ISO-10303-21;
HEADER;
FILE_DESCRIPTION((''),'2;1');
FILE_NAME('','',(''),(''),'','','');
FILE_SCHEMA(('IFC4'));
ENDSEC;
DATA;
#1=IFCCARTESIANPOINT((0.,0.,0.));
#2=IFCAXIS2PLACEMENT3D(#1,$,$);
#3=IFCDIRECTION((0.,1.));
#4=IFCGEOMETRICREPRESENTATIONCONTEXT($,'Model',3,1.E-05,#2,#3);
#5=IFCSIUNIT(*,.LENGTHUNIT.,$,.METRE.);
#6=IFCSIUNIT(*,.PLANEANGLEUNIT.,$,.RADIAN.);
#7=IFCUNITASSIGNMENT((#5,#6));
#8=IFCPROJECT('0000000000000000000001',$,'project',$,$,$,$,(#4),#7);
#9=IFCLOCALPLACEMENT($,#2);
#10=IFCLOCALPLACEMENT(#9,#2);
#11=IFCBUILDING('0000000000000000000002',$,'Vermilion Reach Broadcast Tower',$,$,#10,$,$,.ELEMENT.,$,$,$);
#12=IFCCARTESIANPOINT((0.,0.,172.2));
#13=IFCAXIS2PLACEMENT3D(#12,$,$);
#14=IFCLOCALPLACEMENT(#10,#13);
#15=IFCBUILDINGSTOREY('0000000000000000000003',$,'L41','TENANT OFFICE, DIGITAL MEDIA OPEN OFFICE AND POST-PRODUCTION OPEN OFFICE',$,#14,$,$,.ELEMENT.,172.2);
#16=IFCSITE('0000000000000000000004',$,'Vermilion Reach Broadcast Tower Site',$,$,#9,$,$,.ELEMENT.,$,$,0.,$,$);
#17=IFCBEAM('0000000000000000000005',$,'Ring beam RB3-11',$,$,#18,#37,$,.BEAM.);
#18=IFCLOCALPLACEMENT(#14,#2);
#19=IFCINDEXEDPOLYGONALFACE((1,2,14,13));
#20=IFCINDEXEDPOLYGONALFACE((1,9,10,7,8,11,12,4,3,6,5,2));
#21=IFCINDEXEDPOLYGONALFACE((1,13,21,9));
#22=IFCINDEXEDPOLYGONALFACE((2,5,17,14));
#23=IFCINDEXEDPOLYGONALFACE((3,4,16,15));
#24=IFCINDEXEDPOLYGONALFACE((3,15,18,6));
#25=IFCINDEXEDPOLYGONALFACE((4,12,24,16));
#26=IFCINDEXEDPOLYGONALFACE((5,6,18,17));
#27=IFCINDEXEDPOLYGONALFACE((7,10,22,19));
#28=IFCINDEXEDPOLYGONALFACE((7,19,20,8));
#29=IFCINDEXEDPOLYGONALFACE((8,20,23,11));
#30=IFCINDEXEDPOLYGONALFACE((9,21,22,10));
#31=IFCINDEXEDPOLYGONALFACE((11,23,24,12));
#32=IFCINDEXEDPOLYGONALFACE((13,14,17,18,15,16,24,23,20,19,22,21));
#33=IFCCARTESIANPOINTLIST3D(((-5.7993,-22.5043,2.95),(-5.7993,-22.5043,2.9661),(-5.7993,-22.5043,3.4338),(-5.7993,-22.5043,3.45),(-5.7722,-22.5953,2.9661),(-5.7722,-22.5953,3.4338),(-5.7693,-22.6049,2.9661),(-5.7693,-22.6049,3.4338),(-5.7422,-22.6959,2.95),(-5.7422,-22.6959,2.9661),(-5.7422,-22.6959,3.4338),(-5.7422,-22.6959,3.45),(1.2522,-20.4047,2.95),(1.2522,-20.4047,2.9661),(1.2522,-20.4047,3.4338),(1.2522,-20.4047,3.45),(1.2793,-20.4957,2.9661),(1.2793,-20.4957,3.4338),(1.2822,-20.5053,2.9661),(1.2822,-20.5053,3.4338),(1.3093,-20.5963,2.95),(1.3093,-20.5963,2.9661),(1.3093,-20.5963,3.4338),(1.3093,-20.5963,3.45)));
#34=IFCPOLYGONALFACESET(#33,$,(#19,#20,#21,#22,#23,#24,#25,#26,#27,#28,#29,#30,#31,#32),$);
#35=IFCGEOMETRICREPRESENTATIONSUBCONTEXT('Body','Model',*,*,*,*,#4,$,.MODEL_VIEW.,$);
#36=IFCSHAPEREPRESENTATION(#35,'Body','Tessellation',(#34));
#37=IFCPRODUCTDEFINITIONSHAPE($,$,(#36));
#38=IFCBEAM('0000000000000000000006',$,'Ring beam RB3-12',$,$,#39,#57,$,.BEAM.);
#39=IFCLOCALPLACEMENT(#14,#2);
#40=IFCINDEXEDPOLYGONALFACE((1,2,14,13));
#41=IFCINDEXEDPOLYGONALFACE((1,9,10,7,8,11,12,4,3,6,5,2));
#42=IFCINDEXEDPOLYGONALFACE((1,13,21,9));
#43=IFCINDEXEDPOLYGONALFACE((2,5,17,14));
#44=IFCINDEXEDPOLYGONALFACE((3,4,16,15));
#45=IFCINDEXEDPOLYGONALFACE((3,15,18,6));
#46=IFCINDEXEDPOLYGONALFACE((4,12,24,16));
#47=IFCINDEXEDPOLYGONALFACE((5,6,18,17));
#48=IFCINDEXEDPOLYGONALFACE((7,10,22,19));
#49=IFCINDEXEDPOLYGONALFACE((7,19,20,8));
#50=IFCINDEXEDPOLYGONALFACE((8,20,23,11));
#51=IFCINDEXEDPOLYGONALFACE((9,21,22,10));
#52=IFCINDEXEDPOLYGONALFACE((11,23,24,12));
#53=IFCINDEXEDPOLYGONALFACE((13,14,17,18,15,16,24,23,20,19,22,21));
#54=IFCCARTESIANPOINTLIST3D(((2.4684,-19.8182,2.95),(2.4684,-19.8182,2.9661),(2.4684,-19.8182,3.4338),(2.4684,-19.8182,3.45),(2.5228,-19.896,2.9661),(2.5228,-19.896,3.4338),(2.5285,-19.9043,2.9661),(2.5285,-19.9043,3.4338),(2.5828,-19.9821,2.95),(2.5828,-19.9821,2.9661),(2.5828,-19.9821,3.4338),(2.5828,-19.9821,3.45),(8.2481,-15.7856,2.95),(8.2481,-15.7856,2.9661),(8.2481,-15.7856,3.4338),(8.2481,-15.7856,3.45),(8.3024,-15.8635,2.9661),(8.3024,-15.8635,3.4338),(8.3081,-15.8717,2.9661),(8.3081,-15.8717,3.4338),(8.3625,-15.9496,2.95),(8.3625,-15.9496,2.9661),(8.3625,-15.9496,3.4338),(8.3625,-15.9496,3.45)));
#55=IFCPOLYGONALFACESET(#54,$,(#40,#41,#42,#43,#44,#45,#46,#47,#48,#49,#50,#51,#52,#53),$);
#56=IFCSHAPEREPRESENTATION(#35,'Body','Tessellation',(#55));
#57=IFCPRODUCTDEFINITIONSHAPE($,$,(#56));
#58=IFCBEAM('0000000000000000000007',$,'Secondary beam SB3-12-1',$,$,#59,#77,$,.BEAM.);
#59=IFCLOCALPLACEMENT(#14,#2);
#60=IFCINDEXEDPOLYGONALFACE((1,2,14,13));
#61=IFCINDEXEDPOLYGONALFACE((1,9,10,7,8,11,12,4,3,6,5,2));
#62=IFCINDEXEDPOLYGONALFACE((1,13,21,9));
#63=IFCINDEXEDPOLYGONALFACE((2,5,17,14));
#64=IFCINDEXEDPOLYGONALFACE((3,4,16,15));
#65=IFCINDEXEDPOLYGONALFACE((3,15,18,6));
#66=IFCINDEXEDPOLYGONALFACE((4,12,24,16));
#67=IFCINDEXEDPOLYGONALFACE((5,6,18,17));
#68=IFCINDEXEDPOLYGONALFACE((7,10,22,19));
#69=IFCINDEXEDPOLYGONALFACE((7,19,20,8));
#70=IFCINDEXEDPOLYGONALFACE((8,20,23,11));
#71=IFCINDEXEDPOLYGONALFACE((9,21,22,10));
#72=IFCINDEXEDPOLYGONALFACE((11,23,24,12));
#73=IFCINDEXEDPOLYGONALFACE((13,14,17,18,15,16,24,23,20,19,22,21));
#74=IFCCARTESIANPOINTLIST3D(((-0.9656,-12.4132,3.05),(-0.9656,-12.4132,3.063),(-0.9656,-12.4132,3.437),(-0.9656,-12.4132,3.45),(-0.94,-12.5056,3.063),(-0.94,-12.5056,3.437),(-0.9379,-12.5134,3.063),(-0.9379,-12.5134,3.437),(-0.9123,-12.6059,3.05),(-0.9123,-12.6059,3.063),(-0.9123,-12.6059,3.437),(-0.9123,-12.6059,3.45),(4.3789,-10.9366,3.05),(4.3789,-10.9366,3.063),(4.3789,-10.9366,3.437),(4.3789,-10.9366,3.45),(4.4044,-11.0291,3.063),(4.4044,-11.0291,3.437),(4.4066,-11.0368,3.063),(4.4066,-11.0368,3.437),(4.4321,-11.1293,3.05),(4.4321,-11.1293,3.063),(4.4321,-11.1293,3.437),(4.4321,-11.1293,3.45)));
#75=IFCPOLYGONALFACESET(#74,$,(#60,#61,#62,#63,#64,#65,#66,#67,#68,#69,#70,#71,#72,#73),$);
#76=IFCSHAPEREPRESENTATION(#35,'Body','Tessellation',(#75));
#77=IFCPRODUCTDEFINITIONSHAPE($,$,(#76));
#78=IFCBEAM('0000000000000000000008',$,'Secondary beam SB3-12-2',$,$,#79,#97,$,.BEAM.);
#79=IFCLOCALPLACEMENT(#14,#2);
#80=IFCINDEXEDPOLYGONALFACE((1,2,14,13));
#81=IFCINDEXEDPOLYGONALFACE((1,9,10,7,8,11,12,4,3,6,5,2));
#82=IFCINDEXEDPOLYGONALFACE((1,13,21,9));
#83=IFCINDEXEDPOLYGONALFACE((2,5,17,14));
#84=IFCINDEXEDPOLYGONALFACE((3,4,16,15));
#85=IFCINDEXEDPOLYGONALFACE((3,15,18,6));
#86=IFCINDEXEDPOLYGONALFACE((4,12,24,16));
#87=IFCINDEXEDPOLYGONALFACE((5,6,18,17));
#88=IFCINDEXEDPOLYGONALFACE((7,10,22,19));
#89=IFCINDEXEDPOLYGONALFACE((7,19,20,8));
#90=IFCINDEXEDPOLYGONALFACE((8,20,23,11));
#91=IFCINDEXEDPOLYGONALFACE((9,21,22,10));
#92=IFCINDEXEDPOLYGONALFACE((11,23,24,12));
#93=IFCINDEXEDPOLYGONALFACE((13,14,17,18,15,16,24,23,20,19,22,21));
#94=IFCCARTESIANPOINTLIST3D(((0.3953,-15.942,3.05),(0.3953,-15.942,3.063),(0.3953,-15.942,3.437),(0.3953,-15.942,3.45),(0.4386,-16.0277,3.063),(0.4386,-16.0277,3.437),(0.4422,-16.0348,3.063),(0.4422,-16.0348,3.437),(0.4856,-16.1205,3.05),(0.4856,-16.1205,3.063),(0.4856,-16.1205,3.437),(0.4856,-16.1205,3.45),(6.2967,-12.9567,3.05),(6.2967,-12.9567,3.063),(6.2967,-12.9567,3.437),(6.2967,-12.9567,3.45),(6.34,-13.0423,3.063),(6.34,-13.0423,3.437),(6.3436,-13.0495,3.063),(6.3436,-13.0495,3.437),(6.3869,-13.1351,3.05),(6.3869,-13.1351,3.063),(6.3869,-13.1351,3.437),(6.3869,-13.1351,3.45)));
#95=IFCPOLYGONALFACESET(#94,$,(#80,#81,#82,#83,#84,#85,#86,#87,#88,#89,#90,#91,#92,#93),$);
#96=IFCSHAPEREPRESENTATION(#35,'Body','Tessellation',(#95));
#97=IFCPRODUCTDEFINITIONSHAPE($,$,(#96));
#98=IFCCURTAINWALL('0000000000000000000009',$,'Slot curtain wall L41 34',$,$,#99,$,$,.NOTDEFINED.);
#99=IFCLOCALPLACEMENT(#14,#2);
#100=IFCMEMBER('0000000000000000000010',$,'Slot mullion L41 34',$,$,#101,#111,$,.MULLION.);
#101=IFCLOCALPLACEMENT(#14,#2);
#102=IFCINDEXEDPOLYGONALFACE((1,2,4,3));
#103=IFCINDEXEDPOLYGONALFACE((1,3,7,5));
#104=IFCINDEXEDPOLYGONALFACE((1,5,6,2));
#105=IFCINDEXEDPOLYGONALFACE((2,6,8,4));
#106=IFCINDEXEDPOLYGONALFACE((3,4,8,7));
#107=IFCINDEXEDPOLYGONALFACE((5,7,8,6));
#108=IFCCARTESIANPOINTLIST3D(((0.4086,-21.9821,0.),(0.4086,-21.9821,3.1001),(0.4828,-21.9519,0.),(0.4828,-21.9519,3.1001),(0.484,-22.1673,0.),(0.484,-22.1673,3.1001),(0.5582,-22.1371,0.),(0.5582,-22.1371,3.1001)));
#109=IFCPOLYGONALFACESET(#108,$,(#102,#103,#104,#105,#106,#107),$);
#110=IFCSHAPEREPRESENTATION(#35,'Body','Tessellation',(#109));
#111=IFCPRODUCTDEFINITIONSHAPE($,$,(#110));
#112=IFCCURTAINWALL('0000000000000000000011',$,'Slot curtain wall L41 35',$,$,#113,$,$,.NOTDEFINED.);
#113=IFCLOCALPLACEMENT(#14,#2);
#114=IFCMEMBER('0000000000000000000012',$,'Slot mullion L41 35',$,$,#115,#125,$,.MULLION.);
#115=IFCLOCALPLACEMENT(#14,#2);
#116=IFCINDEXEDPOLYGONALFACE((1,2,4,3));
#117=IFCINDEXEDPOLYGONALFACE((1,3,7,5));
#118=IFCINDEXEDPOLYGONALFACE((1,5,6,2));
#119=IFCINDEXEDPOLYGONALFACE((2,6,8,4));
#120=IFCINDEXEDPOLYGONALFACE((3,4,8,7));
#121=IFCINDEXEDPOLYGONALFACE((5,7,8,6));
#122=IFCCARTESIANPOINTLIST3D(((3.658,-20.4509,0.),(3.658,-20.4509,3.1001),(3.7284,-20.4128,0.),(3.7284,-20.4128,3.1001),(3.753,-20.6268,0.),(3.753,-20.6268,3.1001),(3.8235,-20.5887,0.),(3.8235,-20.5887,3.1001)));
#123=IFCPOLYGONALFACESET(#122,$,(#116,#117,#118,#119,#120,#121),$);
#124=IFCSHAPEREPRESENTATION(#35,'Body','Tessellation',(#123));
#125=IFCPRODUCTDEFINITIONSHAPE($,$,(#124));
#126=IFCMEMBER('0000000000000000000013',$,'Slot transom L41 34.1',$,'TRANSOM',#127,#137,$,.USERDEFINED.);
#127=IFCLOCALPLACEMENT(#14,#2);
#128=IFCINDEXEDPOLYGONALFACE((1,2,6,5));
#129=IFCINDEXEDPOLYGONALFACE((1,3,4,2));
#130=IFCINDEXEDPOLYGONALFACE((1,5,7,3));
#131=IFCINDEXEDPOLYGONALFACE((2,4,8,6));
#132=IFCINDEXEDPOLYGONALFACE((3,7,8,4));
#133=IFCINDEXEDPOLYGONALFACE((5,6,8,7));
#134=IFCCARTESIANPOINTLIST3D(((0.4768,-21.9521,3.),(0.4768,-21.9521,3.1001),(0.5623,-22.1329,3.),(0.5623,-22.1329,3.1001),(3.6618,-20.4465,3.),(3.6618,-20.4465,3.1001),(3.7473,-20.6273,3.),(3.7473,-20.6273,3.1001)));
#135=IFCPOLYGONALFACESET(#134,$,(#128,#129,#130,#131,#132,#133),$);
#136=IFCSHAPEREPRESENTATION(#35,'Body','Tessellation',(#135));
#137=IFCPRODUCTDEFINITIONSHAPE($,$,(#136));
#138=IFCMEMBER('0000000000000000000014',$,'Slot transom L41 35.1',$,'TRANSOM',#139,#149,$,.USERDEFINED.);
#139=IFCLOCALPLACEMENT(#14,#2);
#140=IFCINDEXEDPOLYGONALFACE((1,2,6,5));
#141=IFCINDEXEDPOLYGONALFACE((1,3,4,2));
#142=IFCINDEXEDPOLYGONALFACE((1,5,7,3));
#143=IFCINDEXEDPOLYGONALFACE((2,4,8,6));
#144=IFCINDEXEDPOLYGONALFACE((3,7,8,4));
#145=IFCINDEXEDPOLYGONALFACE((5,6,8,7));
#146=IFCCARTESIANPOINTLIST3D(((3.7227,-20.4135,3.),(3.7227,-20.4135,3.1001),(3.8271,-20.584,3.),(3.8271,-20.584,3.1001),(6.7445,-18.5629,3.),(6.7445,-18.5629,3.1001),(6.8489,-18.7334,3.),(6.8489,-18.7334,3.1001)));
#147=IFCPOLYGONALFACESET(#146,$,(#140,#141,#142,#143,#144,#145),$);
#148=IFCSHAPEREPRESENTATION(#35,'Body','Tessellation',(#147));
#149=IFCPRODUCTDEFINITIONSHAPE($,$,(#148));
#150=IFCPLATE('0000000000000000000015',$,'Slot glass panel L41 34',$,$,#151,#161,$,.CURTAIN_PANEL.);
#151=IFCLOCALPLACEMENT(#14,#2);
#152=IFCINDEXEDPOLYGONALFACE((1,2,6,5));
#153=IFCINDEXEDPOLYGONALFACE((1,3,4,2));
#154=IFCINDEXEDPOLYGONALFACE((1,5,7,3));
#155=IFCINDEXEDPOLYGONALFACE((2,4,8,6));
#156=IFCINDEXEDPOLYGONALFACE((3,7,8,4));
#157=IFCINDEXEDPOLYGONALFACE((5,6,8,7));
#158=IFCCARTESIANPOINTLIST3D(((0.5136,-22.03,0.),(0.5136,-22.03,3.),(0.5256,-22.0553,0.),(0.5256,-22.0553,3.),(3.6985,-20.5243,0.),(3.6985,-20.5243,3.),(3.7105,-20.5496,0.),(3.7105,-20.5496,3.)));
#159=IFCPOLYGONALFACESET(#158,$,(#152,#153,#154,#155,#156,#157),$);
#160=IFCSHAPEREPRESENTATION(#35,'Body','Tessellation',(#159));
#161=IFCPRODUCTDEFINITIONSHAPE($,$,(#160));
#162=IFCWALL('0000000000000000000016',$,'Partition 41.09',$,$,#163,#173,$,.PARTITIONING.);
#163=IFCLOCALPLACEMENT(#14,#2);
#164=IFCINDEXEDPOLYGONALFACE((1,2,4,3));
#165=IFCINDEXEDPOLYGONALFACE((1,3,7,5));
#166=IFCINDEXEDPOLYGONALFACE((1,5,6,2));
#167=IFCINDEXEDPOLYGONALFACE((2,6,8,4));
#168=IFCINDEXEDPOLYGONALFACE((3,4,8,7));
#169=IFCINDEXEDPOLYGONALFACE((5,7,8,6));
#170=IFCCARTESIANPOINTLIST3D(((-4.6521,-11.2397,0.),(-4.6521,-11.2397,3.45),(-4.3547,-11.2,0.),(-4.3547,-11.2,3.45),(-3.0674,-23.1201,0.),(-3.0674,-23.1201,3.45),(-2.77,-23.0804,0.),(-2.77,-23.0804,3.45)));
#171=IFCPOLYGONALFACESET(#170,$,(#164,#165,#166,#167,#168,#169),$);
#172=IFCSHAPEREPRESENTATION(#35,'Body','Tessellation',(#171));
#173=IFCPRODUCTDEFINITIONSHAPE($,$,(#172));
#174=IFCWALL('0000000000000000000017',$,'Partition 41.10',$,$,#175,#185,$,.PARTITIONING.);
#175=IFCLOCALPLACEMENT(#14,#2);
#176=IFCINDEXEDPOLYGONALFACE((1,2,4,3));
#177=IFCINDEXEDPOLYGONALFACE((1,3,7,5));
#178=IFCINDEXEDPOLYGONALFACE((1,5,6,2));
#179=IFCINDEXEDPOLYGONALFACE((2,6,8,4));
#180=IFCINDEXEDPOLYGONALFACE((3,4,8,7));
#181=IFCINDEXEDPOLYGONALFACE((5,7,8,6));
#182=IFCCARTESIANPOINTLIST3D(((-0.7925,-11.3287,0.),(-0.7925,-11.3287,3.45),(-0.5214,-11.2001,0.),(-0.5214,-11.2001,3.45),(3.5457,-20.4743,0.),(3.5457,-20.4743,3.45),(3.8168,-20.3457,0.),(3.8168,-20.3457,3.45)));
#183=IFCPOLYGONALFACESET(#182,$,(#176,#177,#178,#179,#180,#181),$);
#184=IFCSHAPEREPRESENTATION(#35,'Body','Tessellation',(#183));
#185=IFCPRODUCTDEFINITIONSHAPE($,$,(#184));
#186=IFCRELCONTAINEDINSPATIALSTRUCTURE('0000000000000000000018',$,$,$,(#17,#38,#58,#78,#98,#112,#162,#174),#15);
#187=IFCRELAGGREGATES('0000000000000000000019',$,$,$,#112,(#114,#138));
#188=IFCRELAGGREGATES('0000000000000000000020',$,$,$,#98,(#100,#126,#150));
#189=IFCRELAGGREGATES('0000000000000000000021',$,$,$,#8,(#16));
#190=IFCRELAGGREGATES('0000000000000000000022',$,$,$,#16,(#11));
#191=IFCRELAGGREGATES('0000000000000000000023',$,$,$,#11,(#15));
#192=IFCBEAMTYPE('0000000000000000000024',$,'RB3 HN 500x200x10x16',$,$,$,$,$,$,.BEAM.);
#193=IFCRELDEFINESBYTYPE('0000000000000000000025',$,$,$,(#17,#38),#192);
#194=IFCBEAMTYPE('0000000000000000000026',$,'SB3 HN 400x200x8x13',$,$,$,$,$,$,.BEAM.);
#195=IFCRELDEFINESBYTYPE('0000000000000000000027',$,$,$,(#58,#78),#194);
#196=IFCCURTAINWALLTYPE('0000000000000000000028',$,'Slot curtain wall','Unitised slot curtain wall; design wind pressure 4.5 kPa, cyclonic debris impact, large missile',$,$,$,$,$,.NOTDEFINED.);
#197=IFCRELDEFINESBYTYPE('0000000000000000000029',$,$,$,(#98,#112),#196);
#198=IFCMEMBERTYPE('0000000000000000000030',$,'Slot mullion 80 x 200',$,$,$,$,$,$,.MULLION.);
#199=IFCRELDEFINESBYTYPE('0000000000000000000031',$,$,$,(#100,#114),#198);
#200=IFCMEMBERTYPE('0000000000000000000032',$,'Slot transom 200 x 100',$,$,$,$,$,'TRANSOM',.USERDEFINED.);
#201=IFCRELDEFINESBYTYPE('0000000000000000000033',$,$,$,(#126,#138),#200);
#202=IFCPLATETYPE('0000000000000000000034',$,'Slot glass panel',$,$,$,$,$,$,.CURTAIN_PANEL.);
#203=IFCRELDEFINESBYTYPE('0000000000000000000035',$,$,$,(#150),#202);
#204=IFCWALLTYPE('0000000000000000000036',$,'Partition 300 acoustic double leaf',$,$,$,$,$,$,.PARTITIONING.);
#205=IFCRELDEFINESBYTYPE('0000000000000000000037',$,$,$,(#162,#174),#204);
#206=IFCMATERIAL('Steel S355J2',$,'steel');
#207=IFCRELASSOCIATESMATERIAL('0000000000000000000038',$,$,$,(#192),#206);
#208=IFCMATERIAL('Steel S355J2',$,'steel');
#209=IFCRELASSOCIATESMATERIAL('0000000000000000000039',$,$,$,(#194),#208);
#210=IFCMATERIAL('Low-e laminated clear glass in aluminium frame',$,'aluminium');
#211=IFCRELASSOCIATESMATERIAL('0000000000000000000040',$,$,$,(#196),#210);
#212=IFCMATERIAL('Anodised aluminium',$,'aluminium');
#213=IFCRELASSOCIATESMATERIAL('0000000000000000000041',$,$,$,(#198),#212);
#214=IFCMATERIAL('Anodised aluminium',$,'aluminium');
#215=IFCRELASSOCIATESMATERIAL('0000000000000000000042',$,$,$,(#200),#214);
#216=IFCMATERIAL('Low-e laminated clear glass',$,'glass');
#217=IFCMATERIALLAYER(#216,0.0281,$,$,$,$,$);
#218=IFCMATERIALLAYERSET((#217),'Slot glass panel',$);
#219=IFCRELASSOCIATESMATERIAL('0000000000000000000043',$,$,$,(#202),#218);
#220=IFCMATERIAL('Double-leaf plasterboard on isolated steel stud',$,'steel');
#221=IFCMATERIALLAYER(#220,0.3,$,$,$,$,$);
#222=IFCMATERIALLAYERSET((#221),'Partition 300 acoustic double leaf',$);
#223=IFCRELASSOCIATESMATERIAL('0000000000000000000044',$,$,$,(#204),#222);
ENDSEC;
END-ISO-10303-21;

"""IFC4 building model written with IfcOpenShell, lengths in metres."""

from ifc_helpers import new_model, si_unit, direction, frame, frame_2d, origin, origin_2d, place, context, subcontext, project, spatial, rectangle, i_section, extrude, material, layer, layer_set, material_profile, profile_set, type_object, element, aggregate, save


model = new_model("IFC4")

# Units and contexts
model_context = context("Model", 3, precision=1e-05, world=origin(), true_north=direction((0.0, 1.0)))
body_context = subcontext(model_context, "Body", "Model", "MODEL_VIEW")
ifc_project = project(units=[si_unit("LENGTHUNIT", "METRE"), si_unit("PLANEANGLEUNIT", "RADIAN")], contexts=[model_context])

# Site, building, storey
site_placement = place(None, origin())
site = spatial("IfcSite", under=ifc_project, at=site_placement, Name="Vermilion Reach Broadcast Tower Site", CompositionType="ELEMENT", RefElevation=0.0)
building_placement = place(site_placement, origin())
building = spatial("IfcBuilding", under=site, at=building_placement, Name="Vermilion Reach Broadcast Tower", CompositionType="ELEMENT")
storey_placement = place(building_placement, frame((0.0, 0.0, 172.2)))
storey = spatial("IfcBuildingStorey", under=building, at=storey_placement, Name="L41", Description="TENANT OFFICE, DIGITAL MEDIA OPEN OFFICE AND POST-PRODUCTION OPEN OFFICE", CompositionType="ELEMENT", Elevation=172.2)

# Beams
ifc_material_1 = material(Name="Steel S355J2", Category="steel")
ifc_material_profile_1 = material_profile(ifc_material_1, i_section(OverallWidth=0.2, OverallDepth=0.5, WebThickness=0.01, FlangeThickness=0.0161, at=origin_2d()), Name="S355J2 HN 500x200x10x16")
ifc_profile_set_1 = profile_set([ifc_material_profile_1], Name="Steel S355J2")
beam_type_1 = type_object("IfcBeamType", Name="RB3 HN 500x200x10x16", PredefinedType="BEAM", material=ifc_profile_set_1)
beam_1_placement = place(storey_placement, frame((-5.7708, -22.6001, 3.2), z_axis=(0.958417, 0.285372, 0.0), x_axis=(-0.285372, 0.958417, 0.0)))
element("IfcBeam", 1, at=beam_1_placement, inside=storey, type_object=beam_type_1, Name="Ring beam RB3-11", PredefinedType="BEAM", context=body_context, shape_type="SweptSolid", body=[
    extrude(i_section(OverallWidth=0.2, OverallDepth=0.5, WebThickness=0.01, FlangeThickness=0.0161, at=origin_2d()), origin(), (0.0, 0.0, 1.0), 7.3574),
])
beam_2_placement = place(storey_placement, frame((2.5256, -19.9001, 3.2), z_axis=(0.820111, 0.572204, 0.0), x_axis=(-0.572204, 0.820111, 0.0)))
element("IfcBeam", 2, at=beam_2_placement, inside=storey, type_object=beam_type_1, Name="Ring beam RB3-12", PredefinedType="BEAM", context=body_context, shape_type="SweptSolid", body=[
    extrude(i_section(OverallWidth=0.2, OverallDepth=0.5, WebThickness=0.01, FlangeThickness=0.0161, at=origin_2d()), origin(), (0.0, 0.0, 1.0), 7.0474),
])
ifc_material_2 = material(Name="Steel S355J2", Category="steel")
ifc_material_profile_2 = material_profile(ifc_material_2, i_section(OverallWidth=0.2, OverallDepth=0.3999, WebThickness=0.0081, FlangeThickness=0.0129, at=origin_2d()), Name="S355J2 HN 400x200x8x13")
ifc_profile_set_2 = profile_set([ifc_material_profile_2], Name="Steel S355J2")
beam_type_2 = type_object("IfcBeamType", Name="SB3 HN 400x200x8x13", PredefinedType="BEAM", material=ifc_profile_set_2)
beam_3_placement = place(storey_placement, frame((-0.939, -12.5095, 3.25), z_axis=(0.96389, 0.266301, 0.0), x_axis=(-0.266301, 0.96389, 0.0)))
element("IfcBeam", 3, at=beam_3_placement, inside=storey, type_object=beam_type_2, Name="Secondary beam SB3-12-1", PredefinedType="BEAM", context=body_context, shape_type="SweptSolid", body=[
    extrude(i_section(OverallWidth=0.2, OverallDepth=0.3999, WebThickness=0.0081, FlangeThickness=0.0129, at=origin_2d()), origin(), (0.0, 0.0, 1.0), 5.5447),
])
beam_4_placement = place(storey_placement, frame((0.4404, -16.0312, 3.25), z_axis=(0.892321, 0.451402, 0.0), x_axis=(-0.451402, 0.892321, 0.0)))
element("IfcBeam", 4, at=beam_4_placement, inside=storey, type_object=beam_type_2, Name="Secondary beam SB3-12-2", PredefinedType="BEAM", context=body_context, shape_type="SweptSolid", body=[
    extrude(i_section(OverallWidth=0.2, OverallDepth=0.3999, WebThickness=0.0081, FlangeThickness=0.0129, at=origin_2d()), origin(), (0.0, 0.0, 1.0), 6.6135),
])

# Curtain walls, members
ifc_material_3 = material(Name="Low-e laminated clear glass in aluminium frame", Category="aluminium")
curtain_wall_type = type_object("IfcCurtainWallType", Name="Slot curtain wall", Description="Unitised slot curtain wall; design wind pressure 4.5 kPa, cyclonic debris impact, large missile", PredefinedType="NOTDEFINED", material=ifc_material_3)
placement = place(storey_placement, origin())
curtain_wall_1 = element("IfcCurtainWall", 5, at=placement, inside=storey, type_object=curtain_wall_type, Name="Slot curtain wall L41 34", PredefinedType="NOTDEFINED")
ifc_material_4 = material(Name="Anodised aluminium", Category="aluminium")
ifc_material_profile_3 = material_profile(ifc_material_4, rectangle(XDim=0.2, YDim=0.0801, at=origin_2d()), Name="Slot mullion 80 x 200")
ifc_profile_set_3 = profile_set([ifc_material_profile_3], Name="Anodised aluminium")
member_type_1 = type_object("IfcMemberType", Name="Slot mullion 80 x 200", PredefinedType="MULLION", material=ifc_profile_set_3)
member_1_placement = place(storey_placement, frame((0.4834, -22.0596, 0.0), z_axis=(0.0, 0.0, 1.0), x_axis=(-0.377178, 0.926141, 0.0)))
member_1 = element("IfcMember", 6, at=member_1_placement, type_object=member_type_1, Name="Slot mullion L41 34", PredefinedType="MULLION", context=body_context, shape_type="SweptSolid", body=[
    extrude(rectangle(XDim=0.2, YDim=0.0801, at=origin_2d()), origin(), (0.0, 0.0, 1.0), 3.1001),
])
curtain_wall_2 = element("IfcCurtainWall", 7, at=placement, inside=storey, type_object=curtain_wall_type, Name="Slot curtain wall L41 35", PredefinedType="NOTDEFINED")
member_2_placement = place(storey_placement, frame((3.7407, -20.5198, 0.0), z_axis=(0.0, 0.0, 1.0), x_axis=(-0.475533, 0.879698, 0.0)))
member_2 = element("IfcMember", 8, at=member_2_placement, type_object=member_type_1, Name="Slot mullion L41 35", PredefinedType="MULLION", context=body_context, shape_type="SweptSolid", body=[
    extrude(rectangle(XDim=0.2, YDim=0.0801, at=origin_2d()), origin(), (0.0, 0.0, 1.0), 3.1001),
])

# Members
ifc_material_5 = material(Name="Anodised aluminium", Category="aluminium")
ifc_material_profile_4 = material_profile(ifc_material_5, rectangle(XDim=0.2, YDim=0.1001, at=origin_2d()), Name="Slot transom 200 x 100")
ifc_profile_set_4 = profile_set([ifc_material_profile_4], Name="Anodised aluminium")
member_type_2 = type_object("IfcMemberType", Name="Slot transom 200 x 100", ElementType="TRANSOM", PredefinedType="USERDEFINED", material=ifc_profile_set_4)
member_3_placement = place(storey_placement, frame((0.5195, -22.0425, 3.05), z_axis=(0.904078, 0.427368, 0.0), x_axis=(-0.427368, 0.904078, 0.0)))
member_3 = element("IfcMember", 9, at=member_3_placement, type_object=member_type_2, Name="Slot transom L41 34.1", ObjectType="TRANSOM", PredefinedType="USERDEFINED", context=body_context, shape_type="SweptSolid", body=[
    extrude(rectangle(XDim=0.2, YDim=0.1001, at=origin_2d()), origin(), (0.0, 0.0, 1.0), 3.5229),
])
member_4_placement = place(storey_placement, frame((3.7749, -20.4988, 3.05), z_axis=(0.852782, 0.522266, 0.0), x_axis=(-0.522266, 0.852782, 0.0)))
member_4 = element("IfcMember", 10, at=member_4_placement, type_object=member_type_2, Name="Slot transom L41 35.1", ObjectType="TRANSOM", PredefinedType="USERDEFINED", context=body_context, shape_type="SweptSolid", body=[
    extrude(rectangle(XDim=0.2, YDim=0.1001, at=origin_2d()), origin(), (0.0, 0.0, 1.0), 3.5435),
])
aggregate(curtain_wall_2, [member_2, member_4])

# Plate
ifc_material_6 = material(Name="Low-e laminated clear glass", Category="glass")
ifc_layer_1 = layer(ifc_material_6, 0.0281)
ifc_layer_set_1 = layer_set([ifc_layer_1], Name="Slot glass panel")
plate_type = type_object("IfcPlateType", Name="Slot glass panel", PredefinedType="CURTAIN_PANEL", material=ifc_layer_set_1)
plate_placement = place(storey_placement, frame((2.1121, -21.2898, 0.0), z_axis=(0.0, 0.0, 1.0), x_axis=(0.904064, 0.427397, 0.0)))
plate = element("IfcPlate", 11, at=plate_placement, type_object=plate_type, Name="Slot glass panel L41 34", PredefinedType="CURTAIN_PANEL", context=body_context, shape_type="SweptSolid", body=[
    extrude(rectangle(XDim=3.5229, YDim=0.0281, at=origin_2d()), origin(), (0.0, 0.0, 1.0), 3.0),
])
aggregate(curtain_wall_1, [member_1, member_3, plate])

# Walls
ifc_material_7 = material(Name="Double-leaf plasterboard on isolated steel stud", Category="steel")
ifc_layer_2 = layer(ifc_material_7, 0.3)
ifc_layer_set_2 = layer_set([ifc_layer_2], Name="Partition 300 acoustic double leaf")
wall_type_1 = type_object("IfcWallType", Name="Partition 300 acoustic double leaf", PredefinedType="PARTITIONING", material=ifc_layer_set_2)
wall_1_placement = place(storey_placement, frame((-2.9187, -23.1001, 0.0), z_axis=(0.0, 0.0, 1.0), x_axis=(-0.132218, 0.991221, 0.0)))
element("IfcWall", 12, at=wall_1_placement, inside=storey, type_object=wall_type_1, Name="Partition 41.09", PredefinedType="PARTITIONING", context=body_context, shape_type="SweptSolid", body=[
    extrude(rectangle(XDim=11.9856, YDim=0.3, at=frame_2d((5.9927, 0.0))), origin(), (0.0, 0.0, 1.0), 3.45),
])
wall_2_placement = place(storey_placement, frame((3.6812, -20.4099, 0.0), z_axis=(0.0, 0.0, 1.0), x_axis=(-0.428575, 0.903506, 0.0)))
element("IfcWall", 13, at=wall_2_placement, inside=storey, type_object=wall_type_1, Name="Partition 41.10", PredefinedType="PARTITIONING", context=body_context, shape_type="SweptSolid", body=[
    extrude(rectangle(XDim=10.1223, YDim=0.3, at=frame_2d((5.061, 0.0))), origin(), (0.0, 0.0, 1.0), 3.45),
])

save(model, "model.ifc")
